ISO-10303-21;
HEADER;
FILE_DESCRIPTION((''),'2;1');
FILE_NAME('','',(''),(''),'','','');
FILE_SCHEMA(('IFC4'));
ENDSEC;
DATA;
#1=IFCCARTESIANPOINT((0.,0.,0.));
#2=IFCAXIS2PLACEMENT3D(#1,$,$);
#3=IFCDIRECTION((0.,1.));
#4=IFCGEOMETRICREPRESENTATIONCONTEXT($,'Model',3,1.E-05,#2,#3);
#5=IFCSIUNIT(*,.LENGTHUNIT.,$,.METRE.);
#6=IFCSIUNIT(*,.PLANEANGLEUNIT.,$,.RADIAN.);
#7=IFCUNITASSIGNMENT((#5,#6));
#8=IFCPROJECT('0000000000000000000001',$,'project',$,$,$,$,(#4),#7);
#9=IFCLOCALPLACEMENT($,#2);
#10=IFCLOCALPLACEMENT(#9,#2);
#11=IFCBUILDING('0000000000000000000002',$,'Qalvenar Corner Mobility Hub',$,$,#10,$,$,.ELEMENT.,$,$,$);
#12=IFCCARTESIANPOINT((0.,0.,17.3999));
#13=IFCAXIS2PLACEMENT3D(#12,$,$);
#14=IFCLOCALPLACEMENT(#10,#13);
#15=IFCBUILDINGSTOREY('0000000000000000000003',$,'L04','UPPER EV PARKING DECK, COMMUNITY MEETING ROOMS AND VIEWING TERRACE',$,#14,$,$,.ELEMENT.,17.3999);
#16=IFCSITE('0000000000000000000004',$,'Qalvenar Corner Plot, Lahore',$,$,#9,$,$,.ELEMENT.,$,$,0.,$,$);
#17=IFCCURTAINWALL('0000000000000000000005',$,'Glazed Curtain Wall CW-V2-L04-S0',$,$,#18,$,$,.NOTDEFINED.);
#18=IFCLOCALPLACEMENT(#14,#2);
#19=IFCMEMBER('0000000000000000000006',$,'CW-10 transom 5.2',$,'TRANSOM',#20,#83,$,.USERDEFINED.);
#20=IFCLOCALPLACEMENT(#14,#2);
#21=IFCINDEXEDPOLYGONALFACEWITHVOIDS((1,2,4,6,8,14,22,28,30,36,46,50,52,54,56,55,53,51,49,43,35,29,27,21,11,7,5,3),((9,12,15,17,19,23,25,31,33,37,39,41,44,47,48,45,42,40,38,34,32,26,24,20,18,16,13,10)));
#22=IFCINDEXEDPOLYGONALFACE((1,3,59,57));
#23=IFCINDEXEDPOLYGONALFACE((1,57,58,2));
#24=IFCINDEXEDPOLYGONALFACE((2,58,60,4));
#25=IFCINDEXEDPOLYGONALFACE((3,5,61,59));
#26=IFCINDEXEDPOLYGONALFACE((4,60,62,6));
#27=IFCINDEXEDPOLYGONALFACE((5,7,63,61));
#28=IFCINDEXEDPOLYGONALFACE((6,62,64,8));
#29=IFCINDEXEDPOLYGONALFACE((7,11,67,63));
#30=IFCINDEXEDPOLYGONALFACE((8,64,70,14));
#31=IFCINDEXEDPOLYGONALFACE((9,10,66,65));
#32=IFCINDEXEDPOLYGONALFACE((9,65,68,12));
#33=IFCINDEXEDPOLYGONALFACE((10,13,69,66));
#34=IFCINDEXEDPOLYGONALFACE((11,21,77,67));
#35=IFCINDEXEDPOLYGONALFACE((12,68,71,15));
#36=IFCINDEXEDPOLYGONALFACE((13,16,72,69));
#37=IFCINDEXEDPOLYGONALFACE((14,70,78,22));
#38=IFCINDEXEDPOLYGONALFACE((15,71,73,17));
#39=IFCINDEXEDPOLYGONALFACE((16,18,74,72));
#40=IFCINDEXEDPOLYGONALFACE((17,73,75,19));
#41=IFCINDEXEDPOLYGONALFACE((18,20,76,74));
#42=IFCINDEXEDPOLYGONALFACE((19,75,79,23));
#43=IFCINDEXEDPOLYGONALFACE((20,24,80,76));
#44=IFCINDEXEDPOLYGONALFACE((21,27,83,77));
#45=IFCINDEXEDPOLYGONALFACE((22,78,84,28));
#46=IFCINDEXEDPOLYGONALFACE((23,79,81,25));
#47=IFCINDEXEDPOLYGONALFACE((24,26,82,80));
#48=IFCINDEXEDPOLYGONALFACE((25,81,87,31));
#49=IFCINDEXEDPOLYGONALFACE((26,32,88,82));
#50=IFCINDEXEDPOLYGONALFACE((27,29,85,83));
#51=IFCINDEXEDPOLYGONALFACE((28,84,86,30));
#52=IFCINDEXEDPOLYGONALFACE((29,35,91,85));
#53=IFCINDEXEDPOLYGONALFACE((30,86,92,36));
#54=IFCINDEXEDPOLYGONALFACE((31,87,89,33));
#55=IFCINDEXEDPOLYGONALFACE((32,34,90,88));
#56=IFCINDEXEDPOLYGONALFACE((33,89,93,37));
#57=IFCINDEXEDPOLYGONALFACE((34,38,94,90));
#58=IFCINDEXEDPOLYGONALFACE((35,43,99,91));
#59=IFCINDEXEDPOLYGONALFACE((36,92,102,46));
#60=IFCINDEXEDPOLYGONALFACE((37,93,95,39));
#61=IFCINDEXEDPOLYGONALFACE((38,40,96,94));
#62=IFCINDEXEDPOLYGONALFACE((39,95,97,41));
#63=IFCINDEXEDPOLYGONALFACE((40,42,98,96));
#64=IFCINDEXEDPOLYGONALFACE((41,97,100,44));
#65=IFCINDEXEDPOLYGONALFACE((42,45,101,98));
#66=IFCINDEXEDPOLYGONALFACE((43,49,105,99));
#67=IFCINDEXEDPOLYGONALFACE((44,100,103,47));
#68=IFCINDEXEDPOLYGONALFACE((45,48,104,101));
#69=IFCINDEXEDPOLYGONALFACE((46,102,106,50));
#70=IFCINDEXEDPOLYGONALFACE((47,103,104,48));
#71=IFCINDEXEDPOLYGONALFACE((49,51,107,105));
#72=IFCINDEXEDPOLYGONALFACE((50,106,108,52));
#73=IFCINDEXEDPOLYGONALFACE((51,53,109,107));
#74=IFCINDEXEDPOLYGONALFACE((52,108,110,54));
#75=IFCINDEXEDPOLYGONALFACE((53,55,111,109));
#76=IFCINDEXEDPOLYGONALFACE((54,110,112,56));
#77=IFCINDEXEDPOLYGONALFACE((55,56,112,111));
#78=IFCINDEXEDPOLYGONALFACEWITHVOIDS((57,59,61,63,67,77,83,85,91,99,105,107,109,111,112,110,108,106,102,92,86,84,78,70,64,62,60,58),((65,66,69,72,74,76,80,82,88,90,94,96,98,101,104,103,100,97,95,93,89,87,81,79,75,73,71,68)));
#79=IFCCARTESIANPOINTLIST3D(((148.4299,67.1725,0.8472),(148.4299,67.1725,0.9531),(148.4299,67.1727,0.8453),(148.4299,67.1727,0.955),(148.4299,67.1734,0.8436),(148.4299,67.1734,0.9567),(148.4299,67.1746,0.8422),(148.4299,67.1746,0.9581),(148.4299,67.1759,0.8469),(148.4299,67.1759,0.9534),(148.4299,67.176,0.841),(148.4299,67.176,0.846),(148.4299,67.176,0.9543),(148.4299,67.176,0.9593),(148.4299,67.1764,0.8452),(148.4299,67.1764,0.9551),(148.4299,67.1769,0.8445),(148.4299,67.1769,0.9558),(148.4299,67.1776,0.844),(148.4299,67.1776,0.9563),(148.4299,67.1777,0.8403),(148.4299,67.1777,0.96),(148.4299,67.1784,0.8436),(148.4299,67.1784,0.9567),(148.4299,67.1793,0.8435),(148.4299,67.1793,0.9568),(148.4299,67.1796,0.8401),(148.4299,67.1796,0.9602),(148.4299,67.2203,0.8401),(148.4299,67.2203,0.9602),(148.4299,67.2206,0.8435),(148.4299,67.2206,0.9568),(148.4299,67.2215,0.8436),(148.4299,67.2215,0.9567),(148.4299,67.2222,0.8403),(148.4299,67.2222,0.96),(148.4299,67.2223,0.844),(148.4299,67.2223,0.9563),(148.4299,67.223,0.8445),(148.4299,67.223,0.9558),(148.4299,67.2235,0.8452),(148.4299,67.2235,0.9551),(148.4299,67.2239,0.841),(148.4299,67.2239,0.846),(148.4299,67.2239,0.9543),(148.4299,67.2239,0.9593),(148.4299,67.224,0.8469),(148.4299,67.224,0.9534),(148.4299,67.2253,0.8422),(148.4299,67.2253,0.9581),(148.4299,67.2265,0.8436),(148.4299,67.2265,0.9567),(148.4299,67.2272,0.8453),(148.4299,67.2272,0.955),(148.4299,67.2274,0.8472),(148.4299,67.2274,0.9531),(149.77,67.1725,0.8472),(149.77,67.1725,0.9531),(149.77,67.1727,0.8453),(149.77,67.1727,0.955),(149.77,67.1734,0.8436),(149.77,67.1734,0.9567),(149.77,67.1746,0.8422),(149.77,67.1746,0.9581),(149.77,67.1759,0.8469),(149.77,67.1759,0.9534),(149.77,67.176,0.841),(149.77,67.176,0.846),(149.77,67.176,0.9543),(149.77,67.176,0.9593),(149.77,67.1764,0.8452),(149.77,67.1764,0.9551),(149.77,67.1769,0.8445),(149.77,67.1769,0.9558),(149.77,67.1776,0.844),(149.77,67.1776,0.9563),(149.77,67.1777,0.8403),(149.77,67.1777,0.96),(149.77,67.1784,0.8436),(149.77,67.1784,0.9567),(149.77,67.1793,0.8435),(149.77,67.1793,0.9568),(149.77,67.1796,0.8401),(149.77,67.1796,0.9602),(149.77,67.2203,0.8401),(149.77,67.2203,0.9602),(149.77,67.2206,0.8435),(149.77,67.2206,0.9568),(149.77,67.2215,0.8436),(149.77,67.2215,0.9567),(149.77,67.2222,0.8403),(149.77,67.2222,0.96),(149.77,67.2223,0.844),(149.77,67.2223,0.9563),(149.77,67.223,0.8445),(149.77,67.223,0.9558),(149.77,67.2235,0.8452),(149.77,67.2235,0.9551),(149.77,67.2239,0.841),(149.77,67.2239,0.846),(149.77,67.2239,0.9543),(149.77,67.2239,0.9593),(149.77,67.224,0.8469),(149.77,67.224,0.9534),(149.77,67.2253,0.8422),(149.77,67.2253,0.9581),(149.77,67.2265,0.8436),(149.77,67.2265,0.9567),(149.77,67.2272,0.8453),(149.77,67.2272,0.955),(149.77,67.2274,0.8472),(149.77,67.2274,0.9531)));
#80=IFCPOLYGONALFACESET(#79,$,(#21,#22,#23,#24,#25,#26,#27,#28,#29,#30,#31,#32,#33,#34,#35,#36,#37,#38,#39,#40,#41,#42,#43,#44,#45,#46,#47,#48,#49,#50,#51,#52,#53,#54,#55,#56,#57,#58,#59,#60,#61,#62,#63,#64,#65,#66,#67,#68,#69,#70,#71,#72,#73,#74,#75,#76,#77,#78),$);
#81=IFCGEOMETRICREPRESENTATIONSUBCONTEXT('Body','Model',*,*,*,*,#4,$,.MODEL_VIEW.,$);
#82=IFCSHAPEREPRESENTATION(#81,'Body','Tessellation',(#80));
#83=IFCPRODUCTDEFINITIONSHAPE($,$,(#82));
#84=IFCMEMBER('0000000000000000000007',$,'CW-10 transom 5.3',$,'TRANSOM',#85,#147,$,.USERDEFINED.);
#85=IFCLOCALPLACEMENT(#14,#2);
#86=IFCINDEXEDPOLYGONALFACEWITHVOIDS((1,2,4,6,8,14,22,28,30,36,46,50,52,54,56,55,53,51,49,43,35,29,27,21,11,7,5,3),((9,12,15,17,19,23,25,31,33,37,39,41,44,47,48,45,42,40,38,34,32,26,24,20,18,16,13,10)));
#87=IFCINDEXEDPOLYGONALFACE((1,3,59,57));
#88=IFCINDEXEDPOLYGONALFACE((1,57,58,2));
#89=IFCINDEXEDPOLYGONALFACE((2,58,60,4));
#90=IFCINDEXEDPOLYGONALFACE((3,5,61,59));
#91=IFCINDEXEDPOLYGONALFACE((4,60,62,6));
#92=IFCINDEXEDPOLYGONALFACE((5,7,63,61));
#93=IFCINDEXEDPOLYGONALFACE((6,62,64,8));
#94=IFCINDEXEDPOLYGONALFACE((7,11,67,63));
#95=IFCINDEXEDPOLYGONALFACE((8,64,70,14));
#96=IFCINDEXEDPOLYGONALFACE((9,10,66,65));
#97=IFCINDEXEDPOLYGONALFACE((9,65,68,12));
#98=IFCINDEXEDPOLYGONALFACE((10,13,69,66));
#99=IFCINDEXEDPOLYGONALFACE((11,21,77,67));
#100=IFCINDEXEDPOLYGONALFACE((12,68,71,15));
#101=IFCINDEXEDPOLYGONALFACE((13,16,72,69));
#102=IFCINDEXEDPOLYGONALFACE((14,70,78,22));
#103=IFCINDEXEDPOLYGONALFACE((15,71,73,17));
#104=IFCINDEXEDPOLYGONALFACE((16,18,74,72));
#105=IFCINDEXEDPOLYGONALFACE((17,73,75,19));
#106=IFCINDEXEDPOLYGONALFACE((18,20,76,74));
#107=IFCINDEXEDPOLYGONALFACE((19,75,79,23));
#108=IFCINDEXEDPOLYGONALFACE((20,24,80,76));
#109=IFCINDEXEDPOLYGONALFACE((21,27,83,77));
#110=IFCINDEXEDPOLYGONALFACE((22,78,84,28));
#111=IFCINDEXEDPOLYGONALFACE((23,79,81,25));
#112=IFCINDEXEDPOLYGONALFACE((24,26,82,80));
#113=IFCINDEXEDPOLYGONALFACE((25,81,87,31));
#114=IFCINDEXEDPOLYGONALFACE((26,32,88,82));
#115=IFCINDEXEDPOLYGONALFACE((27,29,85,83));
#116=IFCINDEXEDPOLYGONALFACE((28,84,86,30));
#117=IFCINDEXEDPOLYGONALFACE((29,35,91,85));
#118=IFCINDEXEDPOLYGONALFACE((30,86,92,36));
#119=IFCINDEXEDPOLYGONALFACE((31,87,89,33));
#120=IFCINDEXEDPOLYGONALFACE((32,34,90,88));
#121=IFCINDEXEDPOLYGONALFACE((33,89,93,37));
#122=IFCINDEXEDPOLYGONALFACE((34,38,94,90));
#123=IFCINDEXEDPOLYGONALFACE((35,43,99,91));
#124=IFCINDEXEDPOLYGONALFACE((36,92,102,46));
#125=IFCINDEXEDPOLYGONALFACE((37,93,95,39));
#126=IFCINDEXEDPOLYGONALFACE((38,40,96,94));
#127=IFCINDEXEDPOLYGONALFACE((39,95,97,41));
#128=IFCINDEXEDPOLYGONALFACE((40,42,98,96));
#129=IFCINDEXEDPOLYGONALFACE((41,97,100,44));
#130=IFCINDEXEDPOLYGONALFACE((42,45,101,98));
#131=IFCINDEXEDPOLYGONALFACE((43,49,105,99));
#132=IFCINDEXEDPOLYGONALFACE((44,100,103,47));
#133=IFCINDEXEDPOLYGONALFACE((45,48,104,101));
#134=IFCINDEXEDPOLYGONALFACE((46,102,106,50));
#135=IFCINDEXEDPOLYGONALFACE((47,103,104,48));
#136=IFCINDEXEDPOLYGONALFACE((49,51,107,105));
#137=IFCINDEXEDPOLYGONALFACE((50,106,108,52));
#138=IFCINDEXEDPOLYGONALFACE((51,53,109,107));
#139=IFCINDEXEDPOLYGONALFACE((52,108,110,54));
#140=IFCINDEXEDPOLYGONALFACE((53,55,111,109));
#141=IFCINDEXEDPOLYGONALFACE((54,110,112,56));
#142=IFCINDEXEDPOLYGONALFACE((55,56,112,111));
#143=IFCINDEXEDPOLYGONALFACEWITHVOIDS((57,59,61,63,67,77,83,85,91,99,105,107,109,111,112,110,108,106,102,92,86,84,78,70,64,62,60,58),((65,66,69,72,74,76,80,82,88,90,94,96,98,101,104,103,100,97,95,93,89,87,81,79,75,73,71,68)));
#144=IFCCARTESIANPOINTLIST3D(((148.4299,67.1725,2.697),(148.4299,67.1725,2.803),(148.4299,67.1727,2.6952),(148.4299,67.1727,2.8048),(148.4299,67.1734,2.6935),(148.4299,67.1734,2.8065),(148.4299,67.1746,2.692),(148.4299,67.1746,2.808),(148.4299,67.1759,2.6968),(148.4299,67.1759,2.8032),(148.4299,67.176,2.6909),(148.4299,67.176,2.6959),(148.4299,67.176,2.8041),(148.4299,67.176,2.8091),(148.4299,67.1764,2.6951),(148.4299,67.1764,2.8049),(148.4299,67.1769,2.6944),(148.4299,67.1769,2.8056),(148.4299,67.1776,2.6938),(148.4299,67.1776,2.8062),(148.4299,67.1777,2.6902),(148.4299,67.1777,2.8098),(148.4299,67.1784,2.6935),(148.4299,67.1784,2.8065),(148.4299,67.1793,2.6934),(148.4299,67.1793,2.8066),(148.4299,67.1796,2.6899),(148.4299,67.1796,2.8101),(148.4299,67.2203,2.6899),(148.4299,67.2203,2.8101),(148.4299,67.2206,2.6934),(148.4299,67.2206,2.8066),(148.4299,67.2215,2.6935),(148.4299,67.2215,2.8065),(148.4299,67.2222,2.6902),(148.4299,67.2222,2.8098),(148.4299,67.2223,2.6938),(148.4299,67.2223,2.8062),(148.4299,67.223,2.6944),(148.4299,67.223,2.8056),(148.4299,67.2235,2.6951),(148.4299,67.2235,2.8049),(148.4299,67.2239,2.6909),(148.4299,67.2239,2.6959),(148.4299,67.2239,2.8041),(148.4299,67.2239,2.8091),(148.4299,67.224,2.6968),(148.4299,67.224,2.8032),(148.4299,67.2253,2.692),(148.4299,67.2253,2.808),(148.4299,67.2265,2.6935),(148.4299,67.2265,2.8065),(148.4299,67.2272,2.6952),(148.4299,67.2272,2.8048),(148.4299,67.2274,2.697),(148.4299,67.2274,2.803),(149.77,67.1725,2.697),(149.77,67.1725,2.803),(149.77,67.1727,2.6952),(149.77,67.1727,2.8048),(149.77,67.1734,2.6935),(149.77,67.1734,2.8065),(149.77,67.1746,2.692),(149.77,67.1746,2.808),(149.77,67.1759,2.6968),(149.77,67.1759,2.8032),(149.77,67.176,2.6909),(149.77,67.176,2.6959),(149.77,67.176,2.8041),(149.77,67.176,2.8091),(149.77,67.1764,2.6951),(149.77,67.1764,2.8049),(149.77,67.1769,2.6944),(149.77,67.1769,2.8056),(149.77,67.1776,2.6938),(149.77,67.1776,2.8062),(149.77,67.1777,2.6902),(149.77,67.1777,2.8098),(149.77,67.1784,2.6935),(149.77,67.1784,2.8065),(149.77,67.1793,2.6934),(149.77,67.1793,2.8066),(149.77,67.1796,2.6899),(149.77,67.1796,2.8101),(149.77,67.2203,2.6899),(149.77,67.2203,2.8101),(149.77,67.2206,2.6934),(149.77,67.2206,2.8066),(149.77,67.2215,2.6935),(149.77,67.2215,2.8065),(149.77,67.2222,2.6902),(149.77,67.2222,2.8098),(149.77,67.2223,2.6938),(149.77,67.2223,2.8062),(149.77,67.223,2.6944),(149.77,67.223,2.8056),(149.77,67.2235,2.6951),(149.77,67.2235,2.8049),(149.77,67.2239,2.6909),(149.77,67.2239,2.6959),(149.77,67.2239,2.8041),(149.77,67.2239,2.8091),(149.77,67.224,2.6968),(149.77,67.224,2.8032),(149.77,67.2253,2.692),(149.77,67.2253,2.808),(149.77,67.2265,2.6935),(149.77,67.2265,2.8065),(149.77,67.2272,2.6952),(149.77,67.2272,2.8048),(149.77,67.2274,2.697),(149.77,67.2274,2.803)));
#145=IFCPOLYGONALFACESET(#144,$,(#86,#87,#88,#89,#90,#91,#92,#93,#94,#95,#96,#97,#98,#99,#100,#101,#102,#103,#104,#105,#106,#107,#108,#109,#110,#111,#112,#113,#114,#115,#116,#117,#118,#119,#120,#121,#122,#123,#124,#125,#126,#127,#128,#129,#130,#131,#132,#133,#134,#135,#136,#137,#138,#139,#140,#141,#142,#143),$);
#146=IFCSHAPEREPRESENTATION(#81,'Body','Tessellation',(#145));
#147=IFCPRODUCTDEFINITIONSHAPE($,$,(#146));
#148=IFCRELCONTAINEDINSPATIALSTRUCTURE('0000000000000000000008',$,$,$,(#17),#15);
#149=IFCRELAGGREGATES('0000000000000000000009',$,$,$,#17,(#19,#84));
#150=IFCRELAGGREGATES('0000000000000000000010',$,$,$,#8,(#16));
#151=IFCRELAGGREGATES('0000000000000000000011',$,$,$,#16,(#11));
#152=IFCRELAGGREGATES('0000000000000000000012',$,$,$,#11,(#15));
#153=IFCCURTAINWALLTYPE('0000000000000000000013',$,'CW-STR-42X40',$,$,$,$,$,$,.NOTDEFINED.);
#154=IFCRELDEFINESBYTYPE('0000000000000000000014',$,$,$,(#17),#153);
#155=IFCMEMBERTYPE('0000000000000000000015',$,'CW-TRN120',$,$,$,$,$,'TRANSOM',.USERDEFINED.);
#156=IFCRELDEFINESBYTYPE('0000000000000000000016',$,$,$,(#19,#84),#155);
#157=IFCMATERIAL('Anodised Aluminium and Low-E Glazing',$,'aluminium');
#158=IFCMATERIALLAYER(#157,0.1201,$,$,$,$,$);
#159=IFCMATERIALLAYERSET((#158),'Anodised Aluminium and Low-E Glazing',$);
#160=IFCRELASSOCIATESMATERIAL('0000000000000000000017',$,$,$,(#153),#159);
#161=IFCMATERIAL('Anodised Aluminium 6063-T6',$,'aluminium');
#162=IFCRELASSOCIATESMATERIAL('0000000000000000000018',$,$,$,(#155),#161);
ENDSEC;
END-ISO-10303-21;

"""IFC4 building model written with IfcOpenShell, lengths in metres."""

from ifc_helpers import new_model, si_unit, direction, frame, origin, origin_2d, place, context, subcontext, project, spatial, hollow_rectangle, extrude, material, layer, layer_set, material_profile, profile_set, type_object, element, aggregate, save


model = new_model("IFC4")

# Units and contexts
model_context = context("Model", 3, precision=1e-05, world=origin(), true_north=direction((0.0, 1.0)))
body_context = subcontext(model_context, "Body", "Model", "MODEL_VIEW")
ifc_project = project(units=[si_unit("LENGTHUNIT", "METRE"), si_unit("PLANEANGLEUNIT", "RADIAN")], contexts=[model_context])

# Site, building, storey
site_placement = place(None, origin())
site = spatial("IfcSite", under=ifc_project, at=site_placement, Name="Qalvenar Corner Plot, Lahore", CompositionType="ELEMENT", RefElevation=0.0)
building_placement = place(site_placement, origin())
building = spatial("IfcBuilding", under=site, at=building_placement, Name="Qalvenar Corner Mobility Hub", CompositionType="ELEMENT")
storey_placement = place(building_placement, frame((0.0, 0.0, 17.3999)))
storey = spatial("IfcBuildingStorey", under=building, at=storey_placement, Name="L04", Description="UPPER EV PARKING DECK, COMMUNITY MEETING ROOMS AND VIEWING TERRACE", CompositionType="ELEMENT", Elevation=17.3999)

# Curtain wall
ifc_material_1 = material(Name="Anodised Aluminium and Low-E Glazing", Category="aluminium")
ifc_layer_1 = layer(ifc_material_1, 0.1201)
ifc_layer_set_1 = layer_set([ifc_layer_1], Name="Anodised Aluminium and Low-E Glazing")
curtain_wall_type = type_object("IfcCurtainWallType", Name="CW-STR-42X40", PredefinedType="NOTDEFINED", material=ifc_layer_set_1)
curtain_wall_1_placement = place(storey_placement, origin())
curtain_wall_1 = element("IfcCurtainWall", 1, at=curtain_wall_1_placement, inside=storey, type_object=curtain_wall_type, Name="Glazed Curtain Wall CW-V2-L04-S0", PredefinedType="NOTDEFINED")
ifc_material_2 = material(Name="Anodised Aluminium 6063-T6", Category="aluminium")

# Members
ifc_material_profile_1 = material_profile(ifc_material_2, hollow_rectangle(XDim=0.0549, YDim=0.1201, WallThickness=0.0034, InnerFilletRadius=0.0034, OuterFilletRadius=0.0071, at=origin_2d()), Name="RHS120x55x3.5")
ifc_profile_set_1 = profile_set([ifc_material_profile_1], Name="Anodised Aluminium 6063-T6")
member_type_1 = type_object("IfcMemberType", Name="CW-TRN120", ElementType="TRANSOM", PredefinedType="USERDEFINED", material=ifc_profile_set_1)
member_1_placement = place(storey_placement, frame((148.4299, 67.2, 0.9001), z_axis=(1.0, 0.0, 0.0), x_axis=(0.0, 1.0, 0.0)))
member_1 = element("IfcMember", 2, at=member_1_placement, type_object=member_type_1, Name="CW-10 transom 5.2", ObjectType="TRANSOM", PredefinedType="USERDEFINED", context=body_context, shape_type="SweptSolid", body=[
    extrude(hollow_rectangle(XDim=0.0549, YDim=0.1201, WallThickness=0.0034, InnerFilletRadius=0.0034, OuterFilletRadius=0.0071, at=origin_2d()), origin(), (0.0, 0.0, 1.0), 1.3401),
])
member_2_placement = place(storey_placement, frame((148.4299, 67.2, 2.75), z_axis=(1.0, 0.0, 0.0), x_axis=(0.0, 1.0, 0.0)))
member_2 = element("IfcMember", 3, at=member_2_placement, type_object=member_type_1, Name="CW-10 transom 5.3", ObjectType="TRANSOM", PredefinedType="USERDEFINED", context=body_context, shape_type="SweptSolid", body=[
    extrude(hollow_rectangle(XDim=0.0549, YDim=0.1201, WallThickness=0.0034, InnerFilletRadius=0.0034, OuterFilletRadius=0.0071, at=origin_2d()), origin(), (0.0, 0.0, 1.0), 1.3401),
])

aggregate(curtain_wall_1, [member_1, member_2])

save(model, "model.ifc")
